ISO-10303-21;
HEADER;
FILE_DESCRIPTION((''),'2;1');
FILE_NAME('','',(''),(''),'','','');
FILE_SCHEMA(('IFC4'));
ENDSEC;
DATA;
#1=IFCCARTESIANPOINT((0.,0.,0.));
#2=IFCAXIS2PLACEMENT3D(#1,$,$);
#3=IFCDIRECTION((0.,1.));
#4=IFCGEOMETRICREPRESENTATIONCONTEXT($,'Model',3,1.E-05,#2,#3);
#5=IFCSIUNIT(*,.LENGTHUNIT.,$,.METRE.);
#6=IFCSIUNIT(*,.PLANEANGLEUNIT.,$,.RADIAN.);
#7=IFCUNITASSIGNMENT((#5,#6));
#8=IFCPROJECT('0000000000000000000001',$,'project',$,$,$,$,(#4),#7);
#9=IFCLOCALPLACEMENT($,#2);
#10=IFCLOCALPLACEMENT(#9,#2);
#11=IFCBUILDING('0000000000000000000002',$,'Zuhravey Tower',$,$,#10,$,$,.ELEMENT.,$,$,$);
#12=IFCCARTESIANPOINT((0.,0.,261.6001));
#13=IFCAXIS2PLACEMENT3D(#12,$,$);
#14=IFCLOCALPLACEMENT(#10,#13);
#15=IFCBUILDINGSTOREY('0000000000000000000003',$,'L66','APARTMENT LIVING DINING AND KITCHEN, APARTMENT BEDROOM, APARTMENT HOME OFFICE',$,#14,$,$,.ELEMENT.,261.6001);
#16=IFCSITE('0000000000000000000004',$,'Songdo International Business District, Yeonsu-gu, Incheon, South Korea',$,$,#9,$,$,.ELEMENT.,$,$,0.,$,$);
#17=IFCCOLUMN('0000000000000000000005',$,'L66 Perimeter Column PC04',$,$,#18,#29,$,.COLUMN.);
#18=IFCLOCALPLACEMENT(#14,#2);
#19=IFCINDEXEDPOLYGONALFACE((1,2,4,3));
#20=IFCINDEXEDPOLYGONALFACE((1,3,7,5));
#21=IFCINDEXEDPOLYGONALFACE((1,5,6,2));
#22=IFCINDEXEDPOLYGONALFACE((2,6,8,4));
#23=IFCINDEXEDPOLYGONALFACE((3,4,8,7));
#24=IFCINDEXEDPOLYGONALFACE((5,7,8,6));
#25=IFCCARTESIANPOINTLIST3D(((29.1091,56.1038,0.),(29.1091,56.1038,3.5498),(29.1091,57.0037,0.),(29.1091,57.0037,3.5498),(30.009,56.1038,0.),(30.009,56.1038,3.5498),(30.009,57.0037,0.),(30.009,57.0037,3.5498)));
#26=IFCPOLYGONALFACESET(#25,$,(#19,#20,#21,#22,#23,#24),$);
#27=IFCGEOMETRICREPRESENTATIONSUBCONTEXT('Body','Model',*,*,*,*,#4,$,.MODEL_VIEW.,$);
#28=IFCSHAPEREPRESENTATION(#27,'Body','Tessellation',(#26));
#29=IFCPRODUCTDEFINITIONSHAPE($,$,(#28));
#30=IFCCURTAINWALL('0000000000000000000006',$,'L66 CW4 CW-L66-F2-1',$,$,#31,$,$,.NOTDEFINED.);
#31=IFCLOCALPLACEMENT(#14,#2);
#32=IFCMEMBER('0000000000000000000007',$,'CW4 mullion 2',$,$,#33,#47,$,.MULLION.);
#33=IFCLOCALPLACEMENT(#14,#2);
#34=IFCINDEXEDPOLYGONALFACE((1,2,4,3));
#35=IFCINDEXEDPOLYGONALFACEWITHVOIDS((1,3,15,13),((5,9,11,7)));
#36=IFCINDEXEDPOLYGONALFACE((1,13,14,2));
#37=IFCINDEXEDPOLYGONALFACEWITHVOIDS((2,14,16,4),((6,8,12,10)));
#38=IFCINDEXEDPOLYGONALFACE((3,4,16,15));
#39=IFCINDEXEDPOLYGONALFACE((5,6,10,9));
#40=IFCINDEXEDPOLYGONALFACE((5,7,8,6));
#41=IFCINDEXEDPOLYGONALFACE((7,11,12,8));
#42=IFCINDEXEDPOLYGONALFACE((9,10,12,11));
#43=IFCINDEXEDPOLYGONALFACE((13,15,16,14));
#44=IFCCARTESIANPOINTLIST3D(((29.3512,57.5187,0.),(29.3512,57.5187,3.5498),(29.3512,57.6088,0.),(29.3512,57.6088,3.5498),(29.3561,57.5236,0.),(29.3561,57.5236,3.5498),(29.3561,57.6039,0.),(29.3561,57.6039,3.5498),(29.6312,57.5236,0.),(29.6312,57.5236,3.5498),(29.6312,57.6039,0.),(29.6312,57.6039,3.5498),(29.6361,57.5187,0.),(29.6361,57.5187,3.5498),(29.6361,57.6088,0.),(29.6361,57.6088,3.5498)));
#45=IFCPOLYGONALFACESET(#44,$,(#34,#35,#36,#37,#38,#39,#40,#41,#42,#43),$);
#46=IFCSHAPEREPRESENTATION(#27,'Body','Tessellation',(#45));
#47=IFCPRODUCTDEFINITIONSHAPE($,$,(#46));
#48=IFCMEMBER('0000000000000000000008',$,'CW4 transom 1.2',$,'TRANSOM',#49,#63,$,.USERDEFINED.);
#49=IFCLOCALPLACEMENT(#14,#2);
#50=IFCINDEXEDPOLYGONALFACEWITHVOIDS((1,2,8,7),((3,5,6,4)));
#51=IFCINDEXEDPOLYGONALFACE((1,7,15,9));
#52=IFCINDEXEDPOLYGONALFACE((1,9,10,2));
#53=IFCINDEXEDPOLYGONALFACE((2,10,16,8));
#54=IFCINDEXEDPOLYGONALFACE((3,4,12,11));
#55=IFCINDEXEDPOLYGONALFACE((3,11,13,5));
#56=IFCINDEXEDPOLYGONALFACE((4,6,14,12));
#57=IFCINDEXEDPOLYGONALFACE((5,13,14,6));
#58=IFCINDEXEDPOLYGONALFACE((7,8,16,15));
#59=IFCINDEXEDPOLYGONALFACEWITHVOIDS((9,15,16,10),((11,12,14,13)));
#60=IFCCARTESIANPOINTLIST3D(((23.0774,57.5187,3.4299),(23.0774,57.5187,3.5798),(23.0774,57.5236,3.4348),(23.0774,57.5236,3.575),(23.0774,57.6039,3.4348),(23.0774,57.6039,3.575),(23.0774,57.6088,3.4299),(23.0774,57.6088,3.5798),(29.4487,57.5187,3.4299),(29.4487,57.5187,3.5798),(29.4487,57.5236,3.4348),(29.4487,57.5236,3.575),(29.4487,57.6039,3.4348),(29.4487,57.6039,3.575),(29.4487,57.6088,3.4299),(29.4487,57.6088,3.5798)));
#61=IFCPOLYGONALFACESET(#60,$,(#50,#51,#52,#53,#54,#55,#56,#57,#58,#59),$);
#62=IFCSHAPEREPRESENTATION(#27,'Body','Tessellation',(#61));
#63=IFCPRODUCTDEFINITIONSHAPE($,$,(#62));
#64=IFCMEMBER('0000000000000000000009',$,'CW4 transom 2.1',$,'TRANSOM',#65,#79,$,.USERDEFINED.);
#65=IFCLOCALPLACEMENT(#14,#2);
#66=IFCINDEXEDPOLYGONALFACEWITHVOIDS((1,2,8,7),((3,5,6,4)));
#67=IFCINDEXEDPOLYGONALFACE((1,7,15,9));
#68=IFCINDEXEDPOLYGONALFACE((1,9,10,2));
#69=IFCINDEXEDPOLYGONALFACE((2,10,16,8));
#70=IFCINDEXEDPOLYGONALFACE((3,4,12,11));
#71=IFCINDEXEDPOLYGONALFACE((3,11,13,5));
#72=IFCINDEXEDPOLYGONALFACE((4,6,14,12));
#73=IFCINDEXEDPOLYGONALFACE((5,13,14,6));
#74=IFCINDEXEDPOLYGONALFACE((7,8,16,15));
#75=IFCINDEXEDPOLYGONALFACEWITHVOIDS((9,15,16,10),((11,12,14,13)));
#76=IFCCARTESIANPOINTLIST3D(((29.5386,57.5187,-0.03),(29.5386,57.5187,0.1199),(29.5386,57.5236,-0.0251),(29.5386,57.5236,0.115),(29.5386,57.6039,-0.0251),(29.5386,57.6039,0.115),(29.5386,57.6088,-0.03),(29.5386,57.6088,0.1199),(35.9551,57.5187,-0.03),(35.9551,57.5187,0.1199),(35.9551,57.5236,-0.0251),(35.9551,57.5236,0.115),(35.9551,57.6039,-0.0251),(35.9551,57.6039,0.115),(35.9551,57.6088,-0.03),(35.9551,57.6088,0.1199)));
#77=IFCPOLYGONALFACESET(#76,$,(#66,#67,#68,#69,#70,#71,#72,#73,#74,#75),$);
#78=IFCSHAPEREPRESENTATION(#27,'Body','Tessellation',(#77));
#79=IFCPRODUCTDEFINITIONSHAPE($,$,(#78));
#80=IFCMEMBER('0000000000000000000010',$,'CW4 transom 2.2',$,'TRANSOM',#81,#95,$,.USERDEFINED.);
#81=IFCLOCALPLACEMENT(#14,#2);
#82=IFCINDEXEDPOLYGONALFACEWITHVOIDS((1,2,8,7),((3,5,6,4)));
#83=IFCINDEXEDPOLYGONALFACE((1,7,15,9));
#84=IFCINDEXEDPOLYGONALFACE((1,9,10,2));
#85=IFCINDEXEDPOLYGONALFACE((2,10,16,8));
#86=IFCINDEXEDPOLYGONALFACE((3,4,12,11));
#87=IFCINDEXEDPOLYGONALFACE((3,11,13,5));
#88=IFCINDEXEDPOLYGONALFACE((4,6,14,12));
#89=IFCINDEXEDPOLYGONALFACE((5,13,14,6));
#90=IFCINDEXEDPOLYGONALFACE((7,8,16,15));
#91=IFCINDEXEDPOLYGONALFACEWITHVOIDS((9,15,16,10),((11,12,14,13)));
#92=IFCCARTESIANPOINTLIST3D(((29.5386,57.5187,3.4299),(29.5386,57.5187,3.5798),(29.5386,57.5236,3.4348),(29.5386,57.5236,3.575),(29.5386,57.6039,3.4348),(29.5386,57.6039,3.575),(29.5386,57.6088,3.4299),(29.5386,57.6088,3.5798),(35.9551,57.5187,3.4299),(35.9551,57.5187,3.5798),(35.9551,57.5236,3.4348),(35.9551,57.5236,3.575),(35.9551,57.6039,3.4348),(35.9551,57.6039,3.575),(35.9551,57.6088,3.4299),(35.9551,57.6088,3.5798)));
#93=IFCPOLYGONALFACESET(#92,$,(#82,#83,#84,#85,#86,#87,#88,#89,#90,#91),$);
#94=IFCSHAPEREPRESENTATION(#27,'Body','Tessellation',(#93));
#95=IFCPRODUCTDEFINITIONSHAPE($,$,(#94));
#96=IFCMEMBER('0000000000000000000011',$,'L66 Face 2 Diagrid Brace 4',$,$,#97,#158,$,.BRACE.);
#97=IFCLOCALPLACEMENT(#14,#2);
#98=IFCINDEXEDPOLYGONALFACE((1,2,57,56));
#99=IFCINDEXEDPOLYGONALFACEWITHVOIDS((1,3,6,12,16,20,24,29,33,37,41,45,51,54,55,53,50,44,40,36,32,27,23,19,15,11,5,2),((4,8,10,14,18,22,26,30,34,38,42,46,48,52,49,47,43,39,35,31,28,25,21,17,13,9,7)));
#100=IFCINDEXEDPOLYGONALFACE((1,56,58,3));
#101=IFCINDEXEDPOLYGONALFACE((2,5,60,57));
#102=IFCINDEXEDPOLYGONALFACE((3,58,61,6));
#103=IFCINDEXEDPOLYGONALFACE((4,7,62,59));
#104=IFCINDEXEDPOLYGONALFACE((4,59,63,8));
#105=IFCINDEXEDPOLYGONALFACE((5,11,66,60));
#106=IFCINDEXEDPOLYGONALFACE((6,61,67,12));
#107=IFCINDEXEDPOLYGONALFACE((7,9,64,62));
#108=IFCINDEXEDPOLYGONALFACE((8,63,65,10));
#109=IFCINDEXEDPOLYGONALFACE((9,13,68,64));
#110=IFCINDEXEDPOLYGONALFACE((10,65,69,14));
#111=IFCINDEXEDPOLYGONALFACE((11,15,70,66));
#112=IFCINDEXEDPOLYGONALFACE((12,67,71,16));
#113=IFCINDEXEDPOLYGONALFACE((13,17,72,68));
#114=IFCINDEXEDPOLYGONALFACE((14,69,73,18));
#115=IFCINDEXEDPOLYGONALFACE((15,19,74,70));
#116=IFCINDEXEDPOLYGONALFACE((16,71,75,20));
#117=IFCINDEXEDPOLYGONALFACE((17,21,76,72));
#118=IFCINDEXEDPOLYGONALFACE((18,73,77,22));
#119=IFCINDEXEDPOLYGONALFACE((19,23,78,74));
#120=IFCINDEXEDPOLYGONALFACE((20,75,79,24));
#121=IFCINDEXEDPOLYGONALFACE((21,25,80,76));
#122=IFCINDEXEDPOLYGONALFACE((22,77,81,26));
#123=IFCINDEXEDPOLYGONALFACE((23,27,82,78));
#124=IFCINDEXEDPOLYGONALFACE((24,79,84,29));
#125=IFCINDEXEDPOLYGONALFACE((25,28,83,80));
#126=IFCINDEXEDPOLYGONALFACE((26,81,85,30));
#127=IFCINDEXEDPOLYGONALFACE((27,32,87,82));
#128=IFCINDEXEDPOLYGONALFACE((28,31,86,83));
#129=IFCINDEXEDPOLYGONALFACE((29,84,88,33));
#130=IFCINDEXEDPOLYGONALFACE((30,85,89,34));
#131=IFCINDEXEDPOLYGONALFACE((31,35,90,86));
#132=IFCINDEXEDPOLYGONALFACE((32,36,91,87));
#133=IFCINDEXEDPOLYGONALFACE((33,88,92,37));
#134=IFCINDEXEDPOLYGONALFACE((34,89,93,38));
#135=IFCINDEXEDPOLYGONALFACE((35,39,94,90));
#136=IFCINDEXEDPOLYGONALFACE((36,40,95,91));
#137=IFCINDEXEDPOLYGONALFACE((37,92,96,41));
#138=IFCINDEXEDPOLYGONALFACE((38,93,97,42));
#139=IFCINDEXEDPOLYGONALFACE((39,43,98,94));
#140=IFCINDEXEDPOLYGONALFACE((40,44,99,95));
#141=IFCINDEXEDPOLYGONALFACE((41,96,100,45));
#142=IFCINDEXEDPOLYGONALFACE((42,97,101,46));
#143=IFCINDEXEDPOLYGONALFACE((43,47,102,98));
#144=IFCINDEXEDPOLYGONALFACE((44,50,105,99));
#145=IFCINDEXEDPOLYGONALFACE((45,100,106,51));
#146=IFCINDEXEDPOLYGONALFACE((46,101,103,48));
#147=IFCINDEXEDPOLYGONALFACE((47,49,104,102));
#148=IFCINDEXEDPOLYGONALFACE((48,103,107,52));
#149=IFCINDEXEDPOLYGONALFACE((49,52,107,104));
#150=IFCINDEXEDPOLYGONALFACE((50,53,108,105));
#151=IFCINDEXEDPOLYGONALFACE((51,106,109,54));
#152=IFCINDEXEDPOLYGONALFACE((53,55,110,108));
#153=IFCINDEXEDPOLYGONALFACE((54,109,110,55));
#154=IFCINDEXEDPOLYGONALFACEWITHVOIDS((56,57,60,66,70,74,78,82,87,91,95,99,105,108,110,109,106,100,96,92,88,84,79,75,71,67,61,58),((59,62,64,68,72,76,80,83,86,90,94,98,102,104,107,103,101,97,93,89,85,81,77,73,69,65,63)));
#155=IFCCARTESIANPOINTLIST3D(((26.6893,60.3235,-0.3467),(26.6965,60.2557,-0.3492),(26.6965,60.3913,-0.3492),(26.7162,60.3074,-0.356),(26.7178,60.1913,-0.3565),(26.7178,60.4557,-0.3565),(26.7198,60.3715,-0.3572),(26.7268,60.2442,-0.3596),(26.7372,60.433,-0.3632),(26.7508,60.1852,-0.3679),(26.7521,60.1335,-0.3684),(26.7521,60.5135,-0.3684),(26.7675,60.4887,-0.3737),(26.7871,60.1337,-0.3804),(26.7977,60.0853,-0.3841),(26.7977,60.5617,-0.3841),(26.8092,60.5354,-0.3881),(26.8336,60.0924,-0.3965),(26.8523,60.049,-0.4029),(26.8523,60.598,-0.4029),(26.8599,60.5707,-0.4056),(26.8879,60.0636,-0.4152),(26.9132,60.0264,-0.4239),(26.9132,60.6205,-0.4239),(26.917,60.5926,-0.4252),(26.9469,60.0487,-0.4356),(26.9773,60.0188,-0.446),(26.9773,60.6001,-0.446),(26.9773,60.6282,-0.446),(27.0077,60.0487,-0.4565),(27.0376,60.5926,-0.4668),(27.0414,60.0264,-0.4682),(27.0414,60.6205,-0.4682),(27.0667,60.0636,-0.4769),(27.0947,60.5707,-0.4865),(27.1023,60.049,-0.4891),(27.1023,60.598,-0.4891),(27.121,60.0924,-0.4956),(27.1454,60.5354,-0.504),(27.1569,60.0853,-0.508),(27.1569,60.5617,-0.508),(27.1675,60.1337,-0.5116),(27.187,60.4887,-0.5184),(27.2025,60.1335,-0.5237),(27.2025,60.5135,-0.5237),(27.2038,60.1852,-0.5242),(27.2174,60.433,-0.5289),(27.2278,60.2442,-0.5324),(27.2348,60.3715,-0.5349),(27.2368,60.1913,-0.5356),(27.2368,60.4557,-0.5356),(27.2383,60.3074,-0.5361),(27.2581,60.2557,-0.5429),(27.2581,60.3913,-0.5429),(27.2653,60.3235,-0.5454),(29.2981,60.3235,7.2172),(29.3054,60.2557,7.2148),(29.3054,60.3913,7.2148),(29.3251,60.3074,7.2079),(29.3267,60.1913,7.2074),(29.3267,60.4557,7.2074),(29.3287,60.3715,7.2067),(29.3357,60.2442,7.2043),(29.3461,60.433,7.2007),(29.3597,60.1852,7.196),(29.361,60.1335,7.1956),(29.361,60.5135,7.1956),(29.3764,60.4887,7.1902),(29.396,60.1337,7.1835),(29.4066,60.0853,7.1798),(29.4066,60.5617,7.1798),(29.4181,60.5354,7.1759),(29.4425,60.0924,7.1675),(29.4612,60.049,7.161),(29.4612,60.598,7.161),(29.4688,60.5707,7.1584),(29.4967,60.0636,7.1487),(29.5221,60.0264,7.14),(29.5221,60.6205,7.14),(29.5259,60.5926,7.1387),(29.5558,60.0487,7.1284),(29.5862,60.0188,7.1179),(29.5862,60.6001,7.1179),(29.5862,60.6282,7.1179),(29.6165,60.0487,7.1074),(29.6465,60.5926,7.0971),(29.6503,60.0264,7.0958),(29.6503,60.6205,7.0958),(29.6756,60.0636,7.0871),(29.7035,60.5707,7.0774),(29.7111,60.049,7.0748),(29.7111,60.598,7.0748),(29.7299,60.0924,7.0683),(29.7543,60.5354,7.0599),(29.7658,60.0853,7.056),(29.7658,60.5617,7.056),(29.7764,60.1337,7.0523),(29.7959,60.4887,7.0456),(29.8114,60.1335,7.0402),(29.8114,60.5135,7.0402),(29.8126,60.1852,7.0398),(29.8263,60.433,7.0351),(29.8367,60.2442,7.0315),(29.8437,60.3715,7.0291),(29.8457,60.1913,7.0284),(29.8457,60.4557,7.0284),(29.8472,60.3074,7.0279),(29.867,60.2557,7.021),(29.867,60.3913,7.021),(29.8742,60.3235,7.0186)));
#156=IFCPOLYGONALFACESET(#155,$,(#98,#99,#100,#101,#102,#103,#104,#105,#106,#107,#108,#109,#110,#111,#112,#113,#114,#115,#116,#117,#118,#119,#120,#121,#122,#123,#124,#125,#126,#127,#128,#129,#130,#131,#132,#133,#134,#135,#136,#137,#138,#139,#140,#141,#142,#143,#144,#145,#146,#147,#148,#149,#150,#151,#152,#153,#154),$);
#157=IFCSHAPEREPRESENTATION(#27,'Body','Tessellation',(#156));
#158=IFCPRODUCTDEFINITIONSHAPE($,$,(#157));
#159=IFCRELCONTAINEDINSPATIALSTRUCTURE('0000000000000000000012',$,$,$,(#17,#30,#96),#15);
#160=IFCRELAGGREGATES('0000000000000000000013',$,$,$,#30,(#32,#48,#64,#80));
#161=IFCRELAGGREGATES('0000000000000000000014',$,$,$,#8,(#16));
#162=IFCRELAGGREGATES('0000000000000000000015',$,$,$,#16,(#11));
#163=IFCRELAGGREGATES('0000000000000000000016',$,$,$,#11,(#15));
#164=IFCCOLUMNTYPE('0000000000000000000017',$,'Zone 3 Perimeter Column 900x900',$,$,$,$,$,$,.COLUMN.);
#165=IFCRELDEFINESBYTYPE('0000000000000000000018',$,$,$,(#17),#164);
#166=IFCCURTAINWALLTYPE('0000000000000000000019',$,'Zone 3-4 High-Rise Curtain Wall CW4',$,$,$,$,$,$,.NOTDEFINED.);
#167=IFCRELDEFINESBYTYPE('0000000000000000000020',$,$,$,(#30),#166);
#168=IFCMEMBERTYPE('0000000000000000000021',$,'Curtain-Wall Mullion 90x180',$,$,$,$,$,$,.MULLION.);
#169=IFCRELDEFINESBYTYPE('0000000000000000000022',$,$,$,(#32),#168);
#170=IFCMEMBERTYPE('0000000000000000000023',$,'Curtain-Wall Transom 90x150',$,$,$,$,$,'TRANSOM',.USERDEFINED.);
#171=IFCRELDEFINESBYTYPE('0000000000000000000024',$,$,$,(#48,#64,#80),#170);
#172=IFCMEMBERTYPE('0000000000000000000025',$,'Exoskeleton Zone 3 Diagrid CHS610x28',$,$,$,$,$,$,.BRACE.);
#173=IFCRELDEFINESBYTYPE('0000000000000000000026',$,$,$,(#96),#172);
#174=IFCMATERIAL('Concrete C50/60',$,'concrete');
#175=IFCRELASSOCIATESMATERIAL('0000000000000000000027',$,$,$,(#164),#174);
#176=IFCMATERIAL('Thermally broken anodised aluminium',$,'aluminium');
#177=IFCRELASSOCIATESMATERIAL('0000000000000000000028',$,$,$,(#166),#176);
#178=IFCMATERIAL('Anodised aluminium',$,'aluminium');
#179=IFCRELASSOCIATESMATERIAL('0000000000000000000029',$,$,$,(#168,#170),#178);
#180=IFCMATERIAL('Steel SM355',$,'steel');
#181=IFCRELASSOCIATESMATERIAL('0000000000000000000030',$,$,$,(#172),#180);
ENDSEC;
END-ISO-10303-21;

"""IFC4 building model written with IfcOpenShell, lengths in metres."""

from ifc_helpers import new_model, si_unit, direction, frame, origin, origin_2d, place, context, subcontext, project, spatial, rectangle, hollow_rectangle, hollow_circle, extrude, material, material_profile, profile_set, type_object, element, aggregate, save


model = new_model("IFC4")

# Units and contexts
model_context = context("Model", 3, precision=1e-05, world=origin(), true_north=direction((0.0, 1.0)))
body_context = subcontext(model_context, "Body", "Model", "MODEL_VIEW")
ifc_project = project(units=[si_unit("LENGTHUNIT", "METRE"), si_unit("PLANEANGLEUNIT", "RADIAN")], contexts=[model_context])

# Site, building, storey
site_placement = place(None, origin())
site = spatial("IfcSite", under=ifc_project, at=site_placement, Name="Songdo International Business District, Yeonsu-gu, Incheon, South Korea", CompositionType="ELEMENT", RefElevation=0.0)
building_placement = place(site_placement, origin())
building = spatial("IfcBuilding", under=site, at=building_placement, Name="Zuhravey Tower", CompositionType="ELEMENT")
storey_placement = place(building_placement, frame((0.0, 0.0, 261.6001)))
storey = spatial("IfcBuildingStorey", under=building, at=storey_placement, Name="L66", Description="APARTMENT LIVING DINING AND KITCHEN, APARTMENT BEDROOM, APARTMENT HOME OFFICE", CompositionType="ELEMENT", Elevation=261.6001)

# Column
ifc_material_1 = material(Name="Concrete C50/60", Category="concrete")
ifc_material_profile_1 = material_profile(ifc_material_1, rectangle(XDim=0.8999, YDim=0.8999, at=origin_2d()), Name="RC-900x900")
ifc_profile_set_1 = profile_set([ifc_material_profile_1], Name="Concrete C50/60")
column_type = type_object("IfcColumnType", Name="Zone 3 Perimeter Column 900x900", PredefinedType="COLUMN", material=ifc_profile_set_1)
column_placement = place(storey_placement, frame((29.5591, 56.5537, 0.0), z_axis=(0.0, 0.0, 1.0), x_axis=(-1.0, 0.0, 0.0)))
element("IfcColumn", 1, at=column_placement, inside=storey, type_object=column_type, Name="L66 Perimeter Column PC04", PredefinedType="COLUMN", context=body_context, shape_type="SweptSolid", body=[
    extrude(rectangle(XDim=0.8999, YDim=0.8999, at=origin_2d()), origin(), (0.0, 0.0, 1.0), 3.5498),
])

# Curtain wall, members
ifc_material_2 = material(Name="Thermally broken anodised aluminium", Category="aluminium")
curtain_wall_type = type_object("IfcCurtainWallType", Name="Zone 3-4 High-Rise Curtain Wall CW4", PredefinedType="NOTDEFINED", material=ifc_material_2)
curtain_wall_placement = place(storey_placement, origin())
curtain_wall = element("IfcCurtainWall", 2, at=curtain_wall_placement, inside=storey, type_object=curtain_wall_type, Name="L66 CW4 CW-L66-F2-1", PredefinedType="NOTDEFINED")
ifc_material_3 = material(Name="Anodised aluminium", Category="aluminium")
ifc_material_profile_2 = material_profile(ifc_material_3, hollow_rectangle(XDim=0.0901, YDim=0.2849, WallThickness=0.0049, at=origin_2d()), Name="ALU-RHS-90x285x5")
ifc_profile_set_2 = profile_set([ifc_material_profile_2], Name="Anodised aluminium")
member_type_1 = type_object("IfcMemberType", Name="Curtain-Wall Mullion 90x180", PredefinedType="MULLION", material=ifc_profile_set_2)
member_1_placement = place(storey_placement, frame((29.4937, 57.5637, 0.0), z_axis=(0.0, 0.0, 1.0), x_axis=(0.0, 1.0, 0.0)))
member_1 = element("IfcMember", 3, at=member_1_placement, type_object=member_type_1, Name="CW4 mullion 2", PredefinedType="MULLION", context=body_context, shape_type="SweptSolid", body=[
    extrude(hollow_rectangle(XDim=0.0901, YDim=0.2849, WallThickness=0.0049, at=origin_2d()), origin(), (0.0, 0.0, 1.0), 3.5498),
])
ifc_material_profile_3 = material_profile(ifc_material_3, hollow_rectangle(XDim=0.0901, YDim=0.1499, WallThickness=0.0049, at=origin_2d()), Name="ALU-RHS-90x150x5")
ifc_profile_set_3 = profile_set([ifc_material_profile_3], Name="Anodised aluminium")
member_type_2 = type_object("IfcMemberType", Name="Curtain-Wall Transom 90x150", ElementType="TRANSOM", PredefinedType="USERDEFINED", material=ifc_profile_set_3)
member_2_placement = place(storey_placement, frame((23.0774, 57.5637, 3.5049), z_axis=(1.0, 0.0, 0.0), x_axis=(0.0, 1.0, 0.0)))
member_2 = element("IfcMember", 4, at=member_2_placement, type_object=member_type_2, Name="CW4 transom 1.2", ObjectType="TRANSOM", PredefinedType="USERDEFINED", context=body_context, shape_type="SweptSolid", body=[
    extrude(hollow_rectangle(XDim=0.0901, YDim=0.1499, WallThickness=0.0049, at=origin_2d()), origin(), (0.0, 0.0, 1.0), 6.3713),
])
member_3_placement = place(storey_placement, frame((29.5386, 57.5637, 0.0449), z_axis=(1.0, 0.0, 0.0), x_axis=(0.0, 1.0, 0.0)))
member_3 = element("IfcMember", 5, at=member_3_placement, type_object=member_type_2, Name="CW4 transom 2.1", ObjectType="TRANSOM", PredefinedType="USERDEFINED", context=body_context, shape_type="SweptSolid", body=[
    extrude(hollow_rectangle(XDim=0.0901, YDim=0.1499, WallThickness=0.0049, at=origin_2d()), origin(), (0.0, 0.0, 1.0), 6.4165),
])
member_4_placement = place(storey_placement, frame((29.5386, 57.5637, 3.5049), z_axis=(1.0, 0.0, 0.0), x_axis=(0.0, 1.0, 0.0)))
member_4 = element("IfcMember", 6, at=member_4_placement, type_object=member_type_2, Name="CW4 transom 2.2", ObjectType="TRANSOM", PredefinedType="USERDEFINED", context=body_context, shape_type="SweptSolid", body=[
    extrude(hollow_rectangle(XDim=0.0901, YDim=0.1499, WallThickness=0.0049, at=origin_2d()), origin(), (0.0, 0.0, 1.0), 6.4165),
])

# Member
ifc_material_4 = material(Name="Steel SM355", Category="steel")
ifc_material_profile_4 = material_profile(ifc_material_4, hollow_circle(Radius=0.3047, WallThickness=0.0281, at=origin_2d()), Name="CHS-609.6x28")
ifc_profile_set_4 = profile_set([ifc_material_profile_4], Name="Steel SM355")
member_type_3 = type_object("IfcMemberType", Name="Exoskeleton Zone 3 Diagrid CHS610x28", PredefinedType="BRACE", material=ifc_profile_set_4)
member_5_placement = place(storey_placement, frame((26.9773, 60.3235, -0.446), z_axis=(0.32606, 0.0, 0.945349), x_axis=(0.0, 1.0, 0.0)))
element("IfcMember", 7, at=member_5_placement, inside=storey, type_object=member_type_3, Name="L66 Face 2 Diagrid Brace 4", PredefinedType="BRACE", context=body_context, shape_type="SweptSolid", body=[
    extrude(hollow_circle(Radius=0.3047, WallThickness=0.0281, at=origin_2d()), origin(), (0.0, 0.0, 1.0), 8.0012),
])

aggregate(curtain_wall, [member_1, member_2, member_3, member_4])

save(model, "model.ifc")
